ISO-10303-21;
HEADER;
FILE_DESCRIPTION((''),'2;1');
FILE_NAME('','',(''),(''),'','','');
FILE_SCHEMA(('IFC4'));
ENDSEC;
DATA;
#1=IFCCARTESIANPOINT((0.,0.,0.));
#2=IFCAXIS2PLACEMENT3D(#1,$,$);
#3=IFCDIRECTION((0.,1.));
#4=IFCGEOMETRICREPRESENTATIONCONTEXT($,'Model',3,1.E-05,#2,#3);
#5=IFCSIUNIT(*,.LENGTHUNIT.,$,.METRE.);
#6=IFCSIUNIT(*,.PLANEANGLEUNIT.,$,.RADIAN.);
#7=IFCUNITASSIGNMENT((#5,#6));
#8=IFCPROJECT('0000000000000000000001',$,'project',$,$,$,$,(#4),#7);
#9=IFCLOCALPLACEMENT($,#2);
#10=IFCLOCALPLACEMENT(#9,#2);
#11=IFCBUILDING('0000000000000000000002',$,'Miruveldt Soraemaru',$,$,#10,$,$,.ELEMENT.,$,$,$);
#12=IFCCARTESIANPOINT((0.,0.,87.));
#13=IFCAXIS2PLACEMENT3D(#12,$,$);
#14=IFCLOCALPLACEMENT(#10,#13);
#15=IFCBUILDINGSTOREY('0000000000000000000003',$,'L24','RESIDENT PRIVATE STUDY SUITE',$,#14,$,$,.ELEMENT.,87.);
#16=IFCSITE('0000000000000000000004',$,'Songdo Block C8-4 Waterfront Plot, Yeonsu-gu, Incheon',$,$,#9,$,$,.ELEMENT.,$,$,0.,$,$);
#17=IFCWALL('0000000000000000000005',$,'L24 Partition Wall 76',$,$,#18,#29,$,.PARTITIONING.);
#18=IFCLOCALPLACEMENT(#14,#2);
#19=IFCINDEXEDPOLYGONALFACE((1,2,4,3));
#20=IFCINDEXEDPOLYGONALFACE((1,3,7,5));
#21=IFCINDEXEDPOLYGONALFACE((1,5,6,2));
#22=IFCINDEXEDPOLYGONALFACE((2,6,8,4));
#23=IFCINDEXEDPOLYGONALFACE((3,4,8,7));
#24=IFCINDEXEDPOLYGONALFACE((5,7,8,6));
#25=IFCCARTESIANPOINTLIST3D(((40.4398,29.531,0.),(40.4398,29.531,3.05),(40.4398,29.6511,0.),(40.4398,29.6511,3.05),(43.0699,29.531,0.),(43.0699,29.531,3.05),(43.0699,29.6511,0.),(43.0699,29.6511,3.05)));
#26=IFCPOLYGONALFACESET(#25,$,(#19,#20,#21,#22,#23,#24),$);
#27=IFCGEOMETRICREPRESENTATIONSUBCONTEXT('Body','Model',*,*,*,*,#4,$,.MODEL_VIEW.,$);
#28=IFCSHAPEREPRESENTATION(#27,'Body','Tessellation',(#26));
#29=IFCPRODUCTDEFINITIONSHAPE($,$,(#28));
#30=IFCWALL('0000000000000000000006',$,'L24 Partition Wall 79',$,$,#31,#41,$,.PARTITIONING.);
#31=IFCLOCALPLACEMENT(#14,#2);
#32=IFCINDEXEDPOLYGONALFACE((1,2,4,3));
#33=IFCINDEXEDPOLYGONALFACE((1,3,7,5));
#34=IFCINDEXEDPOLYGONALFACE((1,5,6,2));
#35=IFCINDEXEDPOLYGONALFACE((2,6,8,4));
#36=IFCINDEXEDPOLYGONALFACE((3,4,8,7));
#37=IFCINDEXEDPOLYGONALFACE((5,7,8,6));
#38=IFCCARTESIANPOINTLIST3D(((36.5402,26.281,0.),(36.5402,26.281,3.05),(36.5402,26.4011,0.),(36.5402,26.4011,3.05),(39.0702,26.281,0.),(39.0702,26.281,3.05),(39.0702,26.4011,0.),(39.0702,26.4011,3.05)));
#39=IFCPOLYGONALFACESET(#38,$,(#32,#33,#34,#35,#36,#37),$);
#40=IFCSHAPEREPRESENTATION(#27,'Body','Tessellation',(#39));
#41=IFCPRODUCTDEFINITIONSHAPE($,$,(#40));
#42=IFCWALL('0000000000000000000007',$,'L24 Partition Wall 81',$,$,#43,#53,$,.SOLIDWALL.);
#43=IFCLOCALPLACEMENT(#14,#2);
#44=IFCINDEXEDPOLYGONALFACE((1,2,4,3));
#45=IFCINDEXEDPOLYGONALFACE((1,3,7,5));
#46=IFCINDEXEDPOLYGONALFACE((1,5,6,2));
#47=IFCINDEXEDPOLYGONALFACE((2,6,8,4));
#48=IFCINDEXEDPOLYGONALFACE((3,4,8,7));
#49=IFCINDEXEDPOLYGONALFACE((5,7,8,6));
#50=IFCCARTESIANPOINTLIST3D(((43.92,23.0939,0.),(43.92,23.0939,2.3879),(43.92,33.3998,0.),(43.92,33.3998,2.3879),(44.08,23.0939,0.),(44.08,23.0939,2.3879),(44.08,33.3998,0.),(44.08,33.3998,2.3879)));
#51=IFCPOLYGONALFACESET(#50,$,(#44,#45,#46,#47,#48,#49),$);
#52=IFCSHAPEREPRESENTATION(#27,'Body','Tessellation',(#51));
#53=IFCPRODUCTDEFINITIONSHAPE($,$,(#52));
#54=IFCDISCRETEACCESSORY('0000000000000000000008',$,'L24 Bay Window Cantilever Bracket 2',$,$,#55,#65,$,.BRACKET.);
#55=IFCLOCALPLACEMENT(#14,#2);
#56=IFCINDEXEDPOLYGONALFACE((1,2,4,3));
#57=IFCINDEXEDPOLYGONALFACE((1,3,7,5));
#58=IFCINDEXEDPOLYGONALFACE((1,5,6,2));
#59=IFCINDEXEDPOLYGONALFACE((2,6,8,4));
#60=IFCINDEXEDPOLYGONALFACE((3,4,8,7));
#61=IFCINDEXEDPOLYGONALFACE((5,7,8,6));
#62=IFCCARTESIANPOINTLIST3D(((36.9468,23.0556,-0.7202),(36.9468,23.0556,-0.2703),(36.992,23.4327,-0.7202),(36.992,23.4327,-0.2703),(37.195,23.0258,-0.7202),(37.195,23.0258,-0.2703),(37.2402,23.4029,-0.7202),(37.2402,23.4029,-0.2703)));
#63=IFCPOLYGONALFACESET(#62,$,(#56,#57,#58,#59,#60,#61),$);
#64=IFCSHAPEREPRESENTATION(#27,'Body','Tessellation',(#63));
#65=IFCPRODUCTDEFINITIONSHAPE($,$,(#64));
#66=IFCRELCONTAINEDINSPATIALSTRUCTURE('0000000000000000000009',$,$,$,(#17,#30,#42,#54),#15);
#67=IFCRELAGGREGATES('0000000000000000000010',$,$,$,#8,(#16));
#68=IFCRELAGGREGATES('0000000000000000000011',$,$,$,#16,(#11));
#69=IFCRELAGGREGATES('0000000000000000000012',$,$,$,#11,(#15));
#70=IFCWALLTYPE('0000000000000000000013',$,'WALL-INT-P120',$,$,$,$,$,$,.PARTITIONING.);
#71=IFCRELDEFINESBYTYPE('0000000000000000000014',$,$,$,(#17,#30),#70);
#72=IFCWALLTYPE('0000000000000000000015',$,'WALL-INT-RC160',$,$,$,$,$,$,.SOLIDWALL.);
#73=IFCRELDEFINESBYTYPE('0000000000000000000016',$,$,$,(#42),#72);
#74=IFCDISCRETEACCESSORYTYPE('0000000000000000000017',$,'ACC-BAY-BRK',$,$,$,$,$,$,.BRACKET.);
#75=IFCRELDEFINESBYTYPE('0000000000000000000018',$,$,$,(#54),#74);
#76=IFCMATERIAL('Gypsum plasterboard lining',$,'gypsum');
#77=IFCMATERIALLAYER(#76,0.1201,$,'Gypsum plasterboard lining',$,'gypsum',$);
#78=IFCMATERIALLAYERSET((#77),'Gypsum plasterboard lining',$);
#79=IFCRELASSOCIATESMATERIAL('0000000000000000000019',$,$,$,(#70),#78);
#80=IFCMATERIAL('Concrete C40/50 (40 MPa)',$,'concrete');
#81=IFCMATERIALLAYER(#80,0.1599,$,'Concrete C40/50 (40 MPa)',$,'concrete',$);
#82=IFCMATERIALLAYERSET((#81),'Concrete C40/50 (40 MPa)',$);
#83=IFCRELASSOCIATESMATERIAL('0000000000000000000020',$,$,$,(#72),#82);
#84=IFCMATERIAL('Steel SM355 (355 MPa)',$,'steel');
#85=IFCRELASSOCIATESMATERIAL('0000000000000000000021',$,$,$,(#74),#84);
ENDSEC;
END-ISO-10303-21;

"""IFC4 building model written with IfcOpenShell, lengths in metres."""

from ifc_helpers import new_model, si_unit, direction, frame, frame_2d, origin, origin_2d, place, context, subcontext, project, spatial, rectangle, extrude, material, layer, layer_set, type_object, element, save


model = new_model("IFC4")

# Units and contexts
model_context = context("Model", 3, precision=1e-05, world=origin(), true_north=direction((0.0, 1.0)))
body_context = subcontext(model_context, "Body", "Model", "MODEL_VIEW")
ifc_project = project(units=[si_unit("LENGTHUNIT", "METRE"), si_unit("PLANEANGLEUNIT", "RADIAN")], contexts=[model_context])

# Site, building, storey
site_placement = place(None, origin())
site = spatial("IfcSite", under=ifc_project, at=site_placement, Name="Songdo Block C8-4 Waterfront Plot, Yeonsu-gu, Incheon", CompositionType="ELEMENT", RefElevation=0.0)
building_placement = place(site_placement, origin())
building = spatial("IfcBuilding", under=site, at=building_placement, Name="Miruveldt Soraemaru", CompositionType="ELEMENT")
storey_placement = place(building_placement, frame((0.0, 0.0, 87.0)))
storey = spatial("IfcBuildingStorey", under=building, at=storey_placement, Name="L24", Description="RESIDENT PRIVATE STUDY SUITE", CompositionType="ELEMENT", Elevation=87.0)

# Shared definitions
ifc_material_1 = material(Name="Steel SM355 (355 MPa)", Category="steel")

# Shared definitions
ifc_material_2 = material(Name="Gypsum plasterboard lining", Category="gypsum")
ifc_layer_1 = layer(ifc_material_2, 0.1201, Name="Gypsum plasterboard lining", Category="gypsum")
ifc_layer_set_1 = layer_set([ifc_layer_1], Name="Gypsum plasterboard lining")
wall_type_1 = type_object("IfcWallType", Name="WALL-INT-P120", PredefinedType="PARTITIONING", material=ifc_layer_set_1)

# Walls
for number, where, z_axis, x_axis, name in (
    (1, (40.4399, 29.5911, 0.0), (0.0, 0.0, 1.0), (1.0, 0.0, 0.0), "L24 Partition Wall 76"),
):
    element("IfcWall", number, at=place(storey_placement, frame(where, z_axis=z_axis, x_axis=x_axis)), inside=storey, type_object=wall_type_1, Name=name, PredefinedType="PARTITIONING", context=body_context, shape_type="SweptSolid", body=[
        extrude(rectangle(XDim=2.6301, YDim=0.1201, at=frame_2d((1.3149, 0.0))), origin(), (0.0, 0.0, 1.0), 3.05),
    ])
wall_1_placement = place(storey_placement, frame((36.54, 26.3411, 0.0), z_axis=(0.0, 0.0, 1.0), x_axis=(1.0, 0.0, 0.0)))
element("IfcWall", 2, at=wall_1_placement, inside=storey, type_object=wall_type_1, Name="L24 Partition Wall 79", PredefinedType="PARTITIONING", context=body_context, shape_type="SweptSolid", body=[
    extrude(rectangle(XDim=2.53, YDim=0.1201, at=frame_2d((1.2651, 0.0))), origin(), (0.0, 0.0, 1.0), 3.05),
])
ifc_material_3 = material(Name="Concrete C40/50 (40 MPa)", Category="concrete")
ifc_layer_2 = layer(ifc_material_3, 0.1599, Name="Concrete C40/50 (40 MPa)", Category="concrete")
ifc_layer_set_2 = layer_set([ifc_layer_2], Name="Concrete C40/50 (40 MPa)")
wall_type_2 = type_object("IfcWallType", Name="WALL-INT-RC160", PredefinedType="SOLIDWALL", material=ifc_layer_set_2)
wall_2_placement = place(storey_placement, frame((44.0, 23.094, 0.0), z_axis=(0.0, 0.0, 1.0), x_axis=(0.0, 1.0, 0.0)))
element("IfcWall", 3, at=wall_2_placement, inside=storey, type_object=wall_type_2, Name="L24 Partition Wall 81", PredefinedType="SOLIDWALL", context=body_context, shape_type="SweptSolid", body=[
    extrude(rectangle(XDim=10.3059, YDim=0.1599, at=frame_2d((5.1528, 0.0))), origin(), (0.0, 0.0, 1.0), 2.3879),
])

# Discrete accessory
discrete_accessory_type = type_object("IfcDiscreteAccessoryType", Name="ACC-BAY-BRK", PredefinedType="BRACKET", material=ifc_material_1)
discrete_accessory_placement = place(storey_placement, frame((37.0935, 23.2292, -0.7202), z_axis=(0.0, 0.0, 1.0), x_axis=(-0.119149, -0.992876, 0.0)))
element("IfcDiscreteAccessory", 4, at=discrete_accessory_placement, inside=storey, type_object=discrete_accessory_type, Name="L24 Bay Window Cantilever Bracket 2", PredefinedType="BRACKET", context=body_context, shape_type="SweptSolid", body=[
    extrude(rectangle(XDim=0.3799, YDim=0.25, at=origin_2d()), origin(), (0.0, 0.0, 1.0), 0.45),
])

save(model, "model.ifc")
